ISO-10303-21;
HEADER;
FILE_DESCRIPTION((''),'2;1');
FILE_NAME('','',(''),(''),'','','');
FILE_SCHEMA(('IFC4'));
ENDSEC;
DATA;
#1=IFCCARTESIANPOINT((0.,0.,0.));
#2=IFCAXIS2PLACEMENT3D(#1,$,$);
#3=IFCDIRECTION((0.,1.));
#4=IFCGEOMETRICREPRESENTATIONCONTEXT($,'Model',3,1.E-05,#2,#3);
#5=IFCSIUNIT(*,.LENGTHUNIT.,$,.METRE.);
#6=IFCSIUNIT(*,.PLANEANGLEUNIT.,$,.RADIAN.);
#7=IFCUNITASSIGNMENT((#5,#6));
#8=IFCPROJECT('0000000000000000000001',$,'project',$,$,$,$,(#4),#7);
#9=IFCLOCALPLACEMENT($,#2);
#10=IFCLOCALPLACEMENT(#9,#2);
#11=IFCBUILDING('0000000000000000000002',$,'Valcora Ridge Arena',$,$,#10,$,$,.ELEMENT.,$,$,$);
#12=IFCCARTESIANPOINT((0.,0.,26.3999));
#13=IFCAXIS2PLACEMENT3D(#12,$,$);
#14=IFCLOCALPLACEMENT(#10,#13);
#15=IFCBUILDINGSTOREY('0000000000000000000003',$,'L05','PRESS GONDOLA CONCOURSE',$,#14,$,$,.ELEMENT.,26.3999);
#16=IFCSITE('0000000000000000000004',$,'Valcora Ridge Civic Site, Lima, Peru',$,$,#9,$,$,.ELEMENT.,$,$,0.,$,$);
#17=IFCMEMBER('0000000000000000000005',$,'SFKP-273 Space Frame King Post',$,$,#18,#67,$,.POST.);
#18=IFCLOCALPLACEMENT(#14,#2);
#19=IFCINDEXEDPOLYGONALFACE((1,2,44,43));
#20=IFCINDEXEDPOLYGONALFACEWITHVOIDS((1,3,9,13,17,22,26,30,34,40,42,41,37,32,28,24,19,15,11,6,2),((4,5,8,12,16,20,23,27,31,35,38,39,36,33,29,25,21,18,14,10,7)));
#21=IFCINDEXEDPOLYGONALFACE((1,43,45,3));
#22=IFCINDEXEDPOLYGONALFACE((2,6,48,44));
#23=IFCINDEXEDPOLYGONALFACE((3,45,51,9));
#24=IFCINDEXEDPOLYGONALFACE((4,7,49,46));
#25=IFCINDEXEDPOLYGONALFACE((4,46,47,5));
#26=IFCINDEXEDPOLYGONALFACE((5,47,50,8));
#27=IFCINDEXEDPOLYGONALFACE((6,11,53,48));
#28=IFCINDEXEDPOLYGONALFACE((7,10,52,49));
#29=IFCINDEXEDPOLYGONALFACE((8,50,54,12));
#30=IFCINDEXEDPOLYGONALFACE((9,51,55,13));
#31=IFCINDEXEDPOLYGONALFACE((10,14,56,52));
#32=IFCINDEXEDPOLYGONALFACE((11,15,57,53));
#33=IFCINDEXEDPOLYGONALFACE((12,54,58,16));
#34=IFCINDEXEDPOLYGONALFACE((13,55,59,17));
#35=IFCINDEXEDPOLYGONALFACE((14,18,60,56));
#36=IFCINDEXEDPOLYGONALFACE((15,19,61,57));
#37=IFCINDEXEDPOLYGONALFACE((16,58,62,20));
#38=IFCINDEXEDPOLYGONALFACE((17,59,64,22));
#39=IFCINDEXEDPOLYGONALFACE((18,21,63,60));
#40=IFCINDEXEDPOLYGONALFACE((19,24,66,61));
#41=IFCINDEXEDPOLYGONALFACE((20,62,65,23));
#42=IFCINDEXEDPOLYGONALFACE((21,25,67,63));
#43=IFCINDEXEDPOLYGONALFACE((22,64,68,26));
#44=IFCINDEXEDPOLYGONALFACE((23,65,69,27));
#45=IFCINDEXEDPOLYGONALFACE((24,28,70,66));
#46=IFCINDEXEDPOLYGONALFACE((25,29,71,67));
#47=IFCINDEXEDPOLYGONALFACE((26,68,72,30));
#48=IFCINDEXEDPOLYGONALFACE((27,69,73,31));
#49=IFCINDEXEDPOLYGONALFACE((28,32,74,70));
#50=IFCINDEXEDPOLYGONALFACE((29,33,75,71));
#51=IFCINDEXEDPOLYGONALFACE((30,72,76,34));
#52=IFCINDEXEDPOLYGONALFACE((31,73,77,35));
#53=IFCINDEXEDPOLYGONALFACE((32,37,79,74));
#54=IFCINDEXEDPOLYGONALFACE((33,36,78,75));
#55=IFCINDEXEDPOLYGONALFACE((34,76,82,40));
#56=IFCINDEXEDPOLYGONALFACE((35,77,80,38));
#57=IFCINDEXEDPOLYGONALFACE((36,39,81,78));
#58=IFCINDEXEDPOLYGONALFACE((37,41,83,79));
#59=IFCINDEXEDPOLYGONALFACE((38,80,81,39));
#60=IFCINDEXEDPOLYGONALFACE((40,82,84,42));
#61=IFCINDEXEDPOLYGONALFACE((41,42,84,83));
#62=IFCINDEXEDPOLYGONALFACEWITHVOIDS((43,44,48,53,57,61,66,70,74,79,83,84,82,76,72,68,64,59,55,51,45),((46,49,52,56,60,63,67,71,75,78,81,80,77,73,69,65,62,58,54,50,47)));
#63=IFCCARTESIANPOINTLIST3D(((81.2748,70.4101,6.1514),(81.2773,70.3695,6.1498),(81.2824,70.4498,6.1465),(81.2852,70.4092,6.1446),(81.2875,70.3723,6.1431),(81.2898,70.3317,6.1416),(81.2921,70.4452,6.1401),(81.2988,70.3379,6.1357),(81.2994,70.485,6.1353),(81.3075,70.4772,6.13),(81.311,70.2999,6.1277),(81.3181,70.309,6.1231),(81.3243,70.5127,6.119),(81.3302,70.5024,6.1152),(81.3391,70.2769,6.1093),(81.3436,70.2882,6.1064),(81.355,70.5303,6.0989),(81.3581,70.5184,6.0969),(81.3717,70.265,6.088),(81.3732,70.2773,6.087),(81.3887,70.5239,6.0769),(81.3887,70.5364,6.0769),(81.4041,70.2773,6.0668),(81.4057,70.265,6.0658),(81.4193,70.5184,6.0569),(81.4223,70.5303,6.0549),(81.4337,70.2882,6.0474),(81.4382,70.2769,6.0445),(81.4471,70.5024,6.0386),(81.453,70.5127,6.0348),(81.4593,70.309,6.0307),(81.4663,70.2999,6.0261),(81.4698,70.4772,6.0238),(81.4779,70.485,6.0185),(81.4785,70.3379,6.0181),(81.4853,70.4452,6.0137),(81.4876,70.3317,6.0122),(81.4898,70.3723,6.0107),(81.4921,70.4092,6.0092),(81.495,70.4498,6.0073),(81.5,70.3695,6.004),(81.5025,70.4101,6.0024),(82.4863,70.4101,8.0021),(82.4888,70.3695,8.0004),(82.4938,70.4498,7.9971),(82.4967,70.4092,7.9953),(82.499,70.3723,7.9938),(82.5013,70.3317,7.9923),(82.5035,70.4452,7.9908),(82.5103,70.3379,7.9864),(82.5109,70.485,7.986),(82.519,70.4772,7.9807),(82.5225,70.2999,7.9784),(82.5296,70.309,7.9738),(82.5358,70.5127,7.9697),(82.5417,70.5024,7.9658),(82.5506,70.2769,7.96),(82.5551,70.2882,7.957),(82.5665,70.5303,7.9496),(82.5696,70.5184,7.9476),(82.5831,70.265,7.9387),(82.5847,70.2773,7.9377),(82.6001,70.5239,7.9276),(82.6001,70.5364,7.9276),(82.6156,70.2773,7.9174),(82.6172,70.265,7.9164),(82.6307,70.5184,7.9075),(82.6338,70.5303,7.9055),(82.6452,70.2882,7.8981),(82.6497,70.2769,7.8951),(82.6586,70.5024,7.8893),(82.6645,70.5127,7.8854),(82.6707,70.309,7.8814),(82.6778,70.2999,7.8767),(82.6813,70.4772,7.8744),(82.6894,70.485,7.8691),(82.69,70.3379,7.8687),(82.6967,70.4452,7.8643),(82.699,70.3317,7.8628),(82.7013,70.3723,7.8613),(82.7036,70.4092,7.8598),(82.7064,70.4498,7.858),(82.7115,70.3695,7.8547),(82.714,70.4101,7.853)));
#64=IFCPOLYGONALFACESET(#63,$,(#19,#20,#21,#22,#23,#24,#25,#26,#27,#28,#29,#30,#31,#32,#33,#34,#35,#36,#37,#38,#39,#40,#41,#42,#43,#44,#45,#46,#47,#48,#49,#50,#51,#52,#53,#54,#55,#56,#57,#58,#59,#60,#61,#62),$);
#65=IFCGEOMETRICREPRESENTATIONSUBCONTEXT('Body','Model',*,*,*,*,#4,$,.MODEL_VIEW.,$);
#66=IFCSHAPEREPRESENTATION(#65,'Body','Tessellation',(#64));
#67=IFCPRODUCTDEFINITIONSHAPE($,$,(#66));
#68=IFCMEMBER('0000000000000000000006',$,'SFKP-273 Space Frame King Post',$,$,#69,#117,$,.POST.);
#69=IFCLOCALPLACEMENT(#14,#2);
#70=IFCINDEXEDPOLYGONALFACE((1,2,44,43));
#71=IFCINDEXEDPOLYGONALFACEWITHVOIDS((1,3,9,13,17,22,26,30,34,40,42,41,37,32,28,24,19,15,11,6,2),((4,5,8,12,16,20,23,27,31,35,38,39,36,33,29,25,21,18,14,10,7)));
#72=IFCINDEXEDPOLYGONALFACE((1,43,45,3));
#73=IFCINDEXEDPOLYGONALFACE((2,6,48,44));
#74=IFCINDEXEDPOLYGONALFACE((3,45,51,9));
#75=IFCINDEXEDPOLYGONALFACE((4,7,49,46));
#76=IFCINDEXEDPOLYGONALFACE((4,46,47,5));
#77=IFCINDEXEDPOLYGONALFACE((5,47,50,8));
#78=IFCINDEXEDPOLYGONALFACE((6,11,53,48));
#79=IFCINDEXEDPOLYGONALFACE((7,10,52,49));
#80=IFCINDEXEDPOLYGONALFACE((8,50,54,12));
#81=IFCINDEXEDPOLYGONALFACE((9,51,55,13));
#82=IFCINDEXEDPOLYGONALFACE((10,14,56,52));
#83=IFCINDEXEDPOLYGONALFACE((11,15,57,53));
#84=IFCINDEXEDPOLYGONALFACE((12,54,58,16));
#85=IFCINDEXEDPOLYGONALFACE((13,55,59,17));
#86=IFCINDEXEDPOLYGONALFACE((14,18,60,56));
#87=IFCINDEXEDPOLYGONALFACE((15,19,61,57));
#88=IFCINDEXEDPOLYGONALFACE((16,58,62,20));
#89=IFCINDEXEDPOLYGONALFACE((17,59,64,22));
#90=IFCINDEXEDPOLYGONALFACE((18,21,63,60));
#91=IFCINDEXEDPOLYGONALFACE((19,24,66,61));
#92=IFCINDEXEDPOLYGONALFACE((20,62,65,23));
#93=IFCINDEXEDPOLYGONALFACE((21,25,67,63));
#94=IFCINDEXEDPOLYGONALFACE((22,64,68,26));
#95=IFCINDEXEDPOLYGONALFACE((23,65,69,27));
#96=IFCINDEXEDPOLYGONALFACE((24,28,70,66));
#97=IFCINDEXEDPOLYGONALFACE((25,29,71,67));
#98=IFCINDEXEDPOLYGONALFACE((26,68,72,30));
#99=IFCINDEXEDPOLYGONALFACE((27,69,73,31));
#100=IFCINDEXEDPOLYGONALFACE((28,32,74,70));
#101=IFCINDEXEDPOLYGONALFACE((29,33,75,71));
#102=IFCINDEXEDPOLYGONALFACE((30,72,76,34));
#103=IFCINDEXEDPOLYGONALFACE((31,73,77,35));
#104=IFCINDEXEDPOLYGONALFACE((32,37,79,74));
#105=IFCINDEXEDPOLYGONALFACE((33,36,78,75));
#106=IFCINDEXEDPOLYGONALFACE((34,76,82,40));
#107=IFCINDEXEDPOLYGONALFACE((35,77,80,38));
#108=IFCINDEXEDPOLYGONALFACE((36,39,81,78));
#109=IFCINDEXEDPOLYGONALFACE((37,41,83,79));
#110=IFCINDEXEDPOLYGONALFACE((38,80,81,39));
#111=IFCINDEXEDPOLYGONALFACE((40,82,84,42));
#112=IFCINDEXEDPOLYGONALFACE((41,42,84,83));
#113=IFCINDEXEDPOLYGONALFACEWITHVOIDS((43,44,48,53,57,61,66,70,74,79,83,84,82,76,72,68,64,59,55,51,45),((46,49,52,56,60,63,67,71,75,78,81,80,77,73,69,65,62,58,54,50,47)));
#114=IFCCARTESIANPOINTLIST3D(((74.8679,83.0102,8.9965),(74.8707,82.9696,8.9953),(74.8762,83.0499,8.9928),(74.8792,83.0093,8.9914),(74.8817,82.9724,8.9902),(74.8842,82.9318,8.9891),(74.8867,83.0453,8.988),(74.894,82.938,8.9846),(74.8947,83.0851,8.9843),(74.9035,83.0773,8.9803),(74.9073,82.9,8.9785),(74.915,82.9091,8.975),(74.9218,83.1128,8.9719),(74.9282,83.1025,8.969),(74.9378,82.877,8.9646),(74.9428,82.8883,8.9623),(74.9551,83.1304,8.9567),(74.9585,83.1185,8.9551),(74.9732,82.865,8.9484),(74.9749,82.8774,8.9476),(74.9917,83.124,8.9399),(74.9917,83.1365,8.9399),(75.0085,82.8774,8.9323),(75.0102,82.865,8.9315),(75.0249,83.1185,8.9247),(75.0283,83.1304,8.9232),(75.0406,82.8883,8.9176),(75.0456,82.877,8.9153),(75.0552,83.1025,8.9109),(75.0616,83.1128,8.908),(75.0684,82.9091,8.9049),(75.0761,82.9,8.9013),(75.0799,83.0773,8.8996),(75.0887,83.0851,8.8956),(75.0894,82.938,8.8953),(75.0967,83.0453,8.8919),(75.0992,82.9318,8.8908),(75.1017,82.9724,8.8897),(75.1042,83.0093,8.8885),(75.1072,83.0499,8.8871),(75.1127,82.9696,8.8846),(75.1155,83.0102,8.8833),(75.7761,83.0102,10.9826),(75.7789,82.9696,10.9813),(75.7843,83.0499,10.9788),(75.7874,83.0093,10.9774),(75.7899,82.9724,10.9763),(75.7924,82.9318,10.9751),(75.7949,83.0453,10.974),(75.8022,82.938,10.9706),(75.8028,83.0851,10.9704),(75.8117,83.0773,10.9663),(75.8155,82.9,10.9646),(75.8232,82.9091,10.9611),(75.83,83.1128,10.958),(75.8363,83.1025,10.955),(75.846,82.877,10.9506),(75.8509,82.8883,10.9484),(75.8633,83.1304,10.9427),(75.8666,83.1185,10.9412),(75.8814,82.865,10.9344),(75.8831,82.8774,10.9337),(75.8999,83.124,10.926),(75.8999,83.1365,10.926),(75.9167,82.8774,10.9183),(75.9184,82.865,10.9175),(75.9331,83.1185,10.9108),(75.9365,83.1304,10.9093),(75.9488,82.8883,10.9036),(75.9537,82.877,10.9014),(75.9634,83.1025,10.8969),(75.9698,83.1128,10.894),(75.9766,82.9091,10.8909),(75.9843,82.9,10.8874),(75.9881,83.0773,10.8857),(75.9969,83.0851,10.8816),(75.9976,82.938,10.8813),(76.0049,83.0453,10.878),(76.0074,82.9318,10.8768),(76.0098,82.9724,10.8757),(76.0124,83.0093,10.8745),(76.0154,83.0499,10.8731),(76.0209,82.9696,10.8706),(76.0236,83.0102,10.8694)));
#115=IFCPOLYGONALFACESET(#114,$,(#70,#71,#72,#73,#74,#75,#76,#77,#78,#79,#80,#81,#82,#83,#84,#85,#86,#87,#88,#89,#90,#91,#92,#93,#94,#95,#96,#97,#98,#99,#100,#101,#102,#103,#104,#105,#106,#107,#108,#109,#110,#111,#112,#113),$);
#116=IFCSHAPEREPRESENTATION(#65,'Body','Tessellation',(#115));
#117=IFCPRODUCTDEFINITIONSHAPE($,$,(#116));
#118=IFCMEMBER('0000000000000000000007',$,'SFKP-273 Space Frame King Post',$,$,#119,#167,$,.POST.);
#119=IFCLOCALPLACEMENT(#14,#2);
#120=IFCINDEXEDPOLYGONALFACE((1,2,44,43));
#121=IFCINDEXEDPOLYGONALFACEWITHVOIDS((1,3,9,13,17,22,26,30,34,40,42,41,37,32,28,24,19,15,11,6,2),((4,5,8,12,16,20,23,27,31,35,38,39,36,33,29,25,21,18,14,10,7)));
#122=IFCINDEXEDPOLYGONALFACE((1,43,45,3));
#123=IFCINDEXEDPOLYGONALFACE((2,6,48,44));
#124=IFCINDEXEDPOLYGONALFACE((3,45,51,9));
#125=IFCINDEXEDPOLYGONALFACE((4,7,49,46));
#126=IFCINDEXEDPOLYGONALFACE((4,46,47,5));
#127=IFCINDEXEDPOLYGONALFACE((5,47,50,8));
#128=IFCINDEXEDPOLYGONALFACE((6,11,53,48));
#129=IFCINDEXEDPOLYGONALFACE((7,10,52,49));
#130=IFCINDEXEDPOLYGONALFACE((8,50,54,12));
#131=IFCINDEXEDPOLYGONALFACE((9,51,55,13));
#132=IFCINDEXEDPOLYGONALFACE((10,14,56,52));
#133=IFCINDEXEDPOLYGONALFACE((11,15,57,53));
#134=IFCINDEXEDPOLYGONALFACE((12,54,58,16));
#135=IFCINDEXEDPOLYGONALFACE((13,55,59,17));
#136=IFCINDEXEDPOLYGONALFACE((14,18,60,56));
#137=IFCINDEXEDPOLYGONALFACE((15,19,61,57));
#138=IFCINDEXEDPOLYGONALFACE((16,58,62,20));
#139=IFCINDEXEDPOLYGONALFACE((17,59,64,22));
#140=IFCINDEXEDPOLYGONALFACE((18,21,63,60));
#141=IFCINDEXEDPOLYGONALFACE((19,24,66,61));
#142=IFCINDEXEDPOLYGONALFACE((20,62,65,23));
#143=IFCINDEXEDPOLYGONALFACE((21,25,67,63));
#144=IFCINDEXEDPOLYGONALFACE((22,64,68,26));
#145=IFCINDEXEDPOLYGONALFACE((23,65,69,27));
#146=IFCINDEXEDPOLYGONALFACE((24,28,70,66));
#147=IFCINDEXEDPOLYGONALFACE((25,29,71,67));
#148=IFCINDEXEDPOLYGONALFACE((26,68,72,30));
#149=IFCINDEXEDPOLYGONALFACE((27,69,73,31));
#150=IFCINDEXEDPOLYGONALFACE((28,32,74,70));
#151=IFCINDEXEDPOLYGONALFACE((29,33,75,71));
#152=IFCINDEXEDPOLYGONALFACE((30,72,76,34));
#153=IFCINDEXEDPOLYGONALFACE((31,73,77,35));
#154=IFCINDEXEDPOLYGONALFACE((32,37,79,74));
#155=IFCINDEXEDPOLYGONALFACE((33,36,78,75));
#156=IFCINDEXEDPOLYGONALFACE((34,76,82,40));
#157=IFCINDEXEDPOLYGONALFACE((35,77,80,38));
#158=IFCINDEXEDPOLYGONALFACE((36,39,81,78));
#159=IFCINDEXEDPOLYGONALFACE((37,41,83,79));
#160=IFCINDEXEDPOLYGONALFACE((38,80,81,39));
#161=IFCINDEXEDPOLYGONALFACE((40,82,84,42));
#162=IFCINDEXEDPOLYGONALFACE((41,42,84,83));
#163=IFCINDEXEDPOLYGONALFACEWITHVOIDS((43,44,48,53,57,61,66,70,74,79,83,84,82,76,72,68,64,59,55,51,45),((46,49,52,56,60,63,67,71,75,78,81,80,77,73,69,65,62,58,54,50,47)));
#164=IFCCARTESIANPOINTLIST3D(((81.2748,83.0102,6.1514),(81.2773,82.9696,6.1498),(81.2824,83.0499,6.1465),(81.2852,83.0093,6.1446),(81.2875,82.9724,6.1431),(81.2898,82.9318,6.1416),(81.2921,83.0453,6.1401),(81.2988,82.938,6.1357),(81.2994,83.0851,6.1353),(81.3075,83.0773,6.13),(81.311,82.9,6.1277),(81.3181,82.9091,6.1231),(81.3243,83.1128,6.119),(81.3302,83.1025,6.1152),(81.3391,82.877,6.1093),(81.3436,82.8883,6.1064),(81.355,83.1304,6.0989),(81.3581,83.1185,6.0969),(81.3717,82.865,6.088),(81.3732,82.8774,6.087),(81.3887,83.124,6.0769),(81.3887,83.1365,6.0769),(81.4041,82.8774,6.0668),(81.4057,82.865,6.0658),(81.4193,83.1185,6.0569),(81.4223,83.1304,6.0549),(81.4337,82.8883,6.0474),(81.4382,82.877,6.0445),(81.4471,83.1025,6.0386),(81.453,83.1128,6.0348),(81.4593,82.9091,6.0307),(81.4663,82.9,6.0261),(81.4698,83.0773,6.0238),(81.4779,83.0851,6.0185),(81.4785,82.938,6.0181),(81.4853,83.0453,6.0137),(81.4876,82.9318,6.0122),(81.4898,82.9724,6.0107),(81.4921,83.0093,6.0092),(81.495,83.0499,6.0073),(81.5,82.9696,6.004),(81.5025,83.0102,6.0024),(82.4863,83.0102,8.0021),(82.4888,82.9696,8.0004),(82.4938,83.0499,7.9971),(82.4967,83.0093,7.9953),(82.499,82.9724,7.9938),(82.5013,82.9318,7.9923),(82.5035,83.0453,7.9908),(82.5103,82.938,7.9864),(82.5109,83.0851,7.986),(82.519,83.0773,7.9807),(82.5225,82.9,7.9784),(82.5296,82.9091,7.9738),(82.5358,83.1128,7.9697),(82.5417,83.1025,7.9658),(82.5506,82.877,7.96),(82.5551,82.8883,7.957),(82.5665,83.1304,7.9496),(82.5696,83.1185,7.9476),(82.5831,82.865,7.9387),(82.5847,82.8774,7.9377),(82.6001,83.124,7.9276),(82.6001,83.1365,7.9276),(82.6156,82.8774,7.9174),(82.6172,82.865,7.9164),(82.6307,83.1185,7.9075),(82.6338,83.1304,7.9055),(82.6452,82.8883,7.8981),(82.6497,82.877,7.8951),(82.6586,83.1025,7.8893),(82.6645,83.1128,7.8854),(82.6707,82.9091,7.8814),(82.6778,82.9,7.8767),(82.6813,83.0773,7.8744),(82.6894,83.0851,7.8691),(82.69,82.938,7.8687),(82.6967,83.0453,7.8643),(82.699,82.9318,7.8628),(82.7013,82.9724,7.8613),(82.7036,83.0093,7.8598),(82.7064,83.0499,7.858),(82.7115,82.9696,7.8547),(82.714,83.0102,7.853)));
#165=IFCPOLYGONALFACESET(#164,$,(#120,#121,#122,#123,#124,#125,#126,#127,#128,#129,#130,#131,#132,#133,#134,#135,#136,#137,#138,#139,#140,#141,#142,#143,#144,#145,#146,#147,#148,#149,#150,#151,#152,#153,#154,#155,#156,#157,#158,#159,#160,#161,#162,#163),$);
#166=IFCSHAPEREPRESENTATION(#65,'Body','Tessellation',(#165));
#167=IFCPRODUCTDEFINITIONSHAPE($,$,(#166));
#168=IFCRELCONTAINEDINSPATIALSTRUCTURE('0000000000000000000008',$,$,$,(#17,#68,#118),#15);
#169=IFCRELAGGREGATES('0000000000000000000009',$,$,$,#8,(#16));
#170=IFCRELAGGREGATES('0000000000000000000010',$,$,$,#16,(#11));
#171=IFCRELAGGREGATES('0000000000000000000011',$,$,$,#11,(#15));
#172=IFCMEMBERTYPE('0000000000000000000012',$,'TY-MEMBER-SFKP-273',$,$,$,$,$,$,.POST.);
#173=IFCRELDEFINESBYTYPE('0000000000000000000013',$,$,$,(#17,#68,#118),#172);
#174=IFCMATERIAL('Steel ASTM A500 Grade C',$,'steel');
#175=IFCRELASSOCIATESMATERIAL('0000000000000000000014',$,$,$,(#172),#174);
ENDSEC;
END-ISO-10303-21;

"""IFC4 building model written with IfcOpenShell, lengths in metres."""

from ifc_helpers import new_model, si_unit, direction, frame, origin, origin_2d, place, context, subcontext, project, spatial, hollow_circle, extrude, material, material_profile, profile_set, type_object, element, save


model = new_model("IFC4")

# Units and contexts
model_context = context("Model", 3, precision=1e-05, world=origin(), true_north=direction((0.0, 1.0)))
body_context = subcontext(model_context, "Body", "Model", "MODEL_VIEW")
ifc_project = project(units=[si_unit("LENGTHUNIT", "METRE"), si_unit("PLANEANGLEUNIT", "RADIAN")], contexts=[model_context])

# Site, building, storey
site_placement = place(None, origin())
site = spatial("IfcSite", under=ifc_project, at=site_placement, Name="Valcora Ridge Civic Site, Lima, Peru", CompositionType="ELEMENT", RefElevation=0.0)
building_placement = place(site_placement, origin())
building = spatial("IfcBuilding", under=site, at=building_placement, Name="Valcora Ridge Arena", CompositionType="ELEMENT")
storey_placement = place(building_placement, frame((0.0, 0.0, 26.3999)))
storey = spatial("IfcBuildingStorey", under=building, at=storey_placement, Name="L05", Description="PRESS GONDOLA CONCOURSE", CompositionType="ELEMENT", Elevation=26.3999)

# Members
ifc_material_1 = material(Name="Steel ASTM A500 Grade C", Category="steel")
ifc_material_profile_1 = material_profile(ifc_material_1, hollow_circle(Radius=0.1365, WallThickness=0.0125, at=origin_2d()), Name="CHS273X12")
ifc_profile_set_1 = profile_set([ifc_material_profile_1], Name="Steel ASTM A500 Grade C")
member_type_1 = type_object("IfcMemberType", Name="TY-MEMBER-SFKP-273", PredefinedType="POST", material=ifc_profile_set_1)
member_1_placement = place(storey_placement, frame((81.3887, 70.3999, 6.0769), z_axis=(0.547701, 0.0, 0.836674), x_axis=(0.0, 1.0, 0.0)))
element("IfcMember", 1, at=member_1_placement, inside=storey, type_object=member_type_1, Name="SFKP-273 Space Frame King Post", PredefinedType="POST", context=body_context, shape_type="SweptSolid", body=[
    extrude(hollow_circle(Radius=0.1365, WallThickness=0.0125, at=origin_2d()), origin(), (0.0, 0.0, 1.0), 2.2119),
])
member_2_placement = place(storey_placement, frame((74.9917, 83.0, 8.9399), z_axis=(0.415865, 0.0, 0.909426), x_axis=(0.0, 1.0, 0.0)))
element("IfcMember", 2, at=member_2_placement, inside=storey, type_object=member_type_1, Name="SFKP-273 Space Frame King Post", PredefinedType="POST", context=body_context, shape_type="SweptSolid", body=[
    extrude(hollow_circle(Radius=0.1365, WallThickness=0.0125, at=origin_2d()), origin(), (0.0, 0.0, 1.0), 2.1838),
])
member_3_placement = place(storey_placement, frame((81.3887, 83.0, 6.0769), z_axis=(0.547701, 0.0, 0.836674), x_axis=(0.0, 1.0, 0.0)))
element("IfcMember", 3, at=member_3_placement, inside=storey, type_object=member_type_1, Name="SFKP-273 Space Frame King Post", PredefinedType="POST", context=body_context, shape_type="SweptSolid", body=[
    extrude(hollow_circle(Radius=0.1365, WallThickness=0.0125, at=origin_2d()), origin(), (0.0, 0.0, 1.0), 2.2119),
])

save(model, "model.ifc")
